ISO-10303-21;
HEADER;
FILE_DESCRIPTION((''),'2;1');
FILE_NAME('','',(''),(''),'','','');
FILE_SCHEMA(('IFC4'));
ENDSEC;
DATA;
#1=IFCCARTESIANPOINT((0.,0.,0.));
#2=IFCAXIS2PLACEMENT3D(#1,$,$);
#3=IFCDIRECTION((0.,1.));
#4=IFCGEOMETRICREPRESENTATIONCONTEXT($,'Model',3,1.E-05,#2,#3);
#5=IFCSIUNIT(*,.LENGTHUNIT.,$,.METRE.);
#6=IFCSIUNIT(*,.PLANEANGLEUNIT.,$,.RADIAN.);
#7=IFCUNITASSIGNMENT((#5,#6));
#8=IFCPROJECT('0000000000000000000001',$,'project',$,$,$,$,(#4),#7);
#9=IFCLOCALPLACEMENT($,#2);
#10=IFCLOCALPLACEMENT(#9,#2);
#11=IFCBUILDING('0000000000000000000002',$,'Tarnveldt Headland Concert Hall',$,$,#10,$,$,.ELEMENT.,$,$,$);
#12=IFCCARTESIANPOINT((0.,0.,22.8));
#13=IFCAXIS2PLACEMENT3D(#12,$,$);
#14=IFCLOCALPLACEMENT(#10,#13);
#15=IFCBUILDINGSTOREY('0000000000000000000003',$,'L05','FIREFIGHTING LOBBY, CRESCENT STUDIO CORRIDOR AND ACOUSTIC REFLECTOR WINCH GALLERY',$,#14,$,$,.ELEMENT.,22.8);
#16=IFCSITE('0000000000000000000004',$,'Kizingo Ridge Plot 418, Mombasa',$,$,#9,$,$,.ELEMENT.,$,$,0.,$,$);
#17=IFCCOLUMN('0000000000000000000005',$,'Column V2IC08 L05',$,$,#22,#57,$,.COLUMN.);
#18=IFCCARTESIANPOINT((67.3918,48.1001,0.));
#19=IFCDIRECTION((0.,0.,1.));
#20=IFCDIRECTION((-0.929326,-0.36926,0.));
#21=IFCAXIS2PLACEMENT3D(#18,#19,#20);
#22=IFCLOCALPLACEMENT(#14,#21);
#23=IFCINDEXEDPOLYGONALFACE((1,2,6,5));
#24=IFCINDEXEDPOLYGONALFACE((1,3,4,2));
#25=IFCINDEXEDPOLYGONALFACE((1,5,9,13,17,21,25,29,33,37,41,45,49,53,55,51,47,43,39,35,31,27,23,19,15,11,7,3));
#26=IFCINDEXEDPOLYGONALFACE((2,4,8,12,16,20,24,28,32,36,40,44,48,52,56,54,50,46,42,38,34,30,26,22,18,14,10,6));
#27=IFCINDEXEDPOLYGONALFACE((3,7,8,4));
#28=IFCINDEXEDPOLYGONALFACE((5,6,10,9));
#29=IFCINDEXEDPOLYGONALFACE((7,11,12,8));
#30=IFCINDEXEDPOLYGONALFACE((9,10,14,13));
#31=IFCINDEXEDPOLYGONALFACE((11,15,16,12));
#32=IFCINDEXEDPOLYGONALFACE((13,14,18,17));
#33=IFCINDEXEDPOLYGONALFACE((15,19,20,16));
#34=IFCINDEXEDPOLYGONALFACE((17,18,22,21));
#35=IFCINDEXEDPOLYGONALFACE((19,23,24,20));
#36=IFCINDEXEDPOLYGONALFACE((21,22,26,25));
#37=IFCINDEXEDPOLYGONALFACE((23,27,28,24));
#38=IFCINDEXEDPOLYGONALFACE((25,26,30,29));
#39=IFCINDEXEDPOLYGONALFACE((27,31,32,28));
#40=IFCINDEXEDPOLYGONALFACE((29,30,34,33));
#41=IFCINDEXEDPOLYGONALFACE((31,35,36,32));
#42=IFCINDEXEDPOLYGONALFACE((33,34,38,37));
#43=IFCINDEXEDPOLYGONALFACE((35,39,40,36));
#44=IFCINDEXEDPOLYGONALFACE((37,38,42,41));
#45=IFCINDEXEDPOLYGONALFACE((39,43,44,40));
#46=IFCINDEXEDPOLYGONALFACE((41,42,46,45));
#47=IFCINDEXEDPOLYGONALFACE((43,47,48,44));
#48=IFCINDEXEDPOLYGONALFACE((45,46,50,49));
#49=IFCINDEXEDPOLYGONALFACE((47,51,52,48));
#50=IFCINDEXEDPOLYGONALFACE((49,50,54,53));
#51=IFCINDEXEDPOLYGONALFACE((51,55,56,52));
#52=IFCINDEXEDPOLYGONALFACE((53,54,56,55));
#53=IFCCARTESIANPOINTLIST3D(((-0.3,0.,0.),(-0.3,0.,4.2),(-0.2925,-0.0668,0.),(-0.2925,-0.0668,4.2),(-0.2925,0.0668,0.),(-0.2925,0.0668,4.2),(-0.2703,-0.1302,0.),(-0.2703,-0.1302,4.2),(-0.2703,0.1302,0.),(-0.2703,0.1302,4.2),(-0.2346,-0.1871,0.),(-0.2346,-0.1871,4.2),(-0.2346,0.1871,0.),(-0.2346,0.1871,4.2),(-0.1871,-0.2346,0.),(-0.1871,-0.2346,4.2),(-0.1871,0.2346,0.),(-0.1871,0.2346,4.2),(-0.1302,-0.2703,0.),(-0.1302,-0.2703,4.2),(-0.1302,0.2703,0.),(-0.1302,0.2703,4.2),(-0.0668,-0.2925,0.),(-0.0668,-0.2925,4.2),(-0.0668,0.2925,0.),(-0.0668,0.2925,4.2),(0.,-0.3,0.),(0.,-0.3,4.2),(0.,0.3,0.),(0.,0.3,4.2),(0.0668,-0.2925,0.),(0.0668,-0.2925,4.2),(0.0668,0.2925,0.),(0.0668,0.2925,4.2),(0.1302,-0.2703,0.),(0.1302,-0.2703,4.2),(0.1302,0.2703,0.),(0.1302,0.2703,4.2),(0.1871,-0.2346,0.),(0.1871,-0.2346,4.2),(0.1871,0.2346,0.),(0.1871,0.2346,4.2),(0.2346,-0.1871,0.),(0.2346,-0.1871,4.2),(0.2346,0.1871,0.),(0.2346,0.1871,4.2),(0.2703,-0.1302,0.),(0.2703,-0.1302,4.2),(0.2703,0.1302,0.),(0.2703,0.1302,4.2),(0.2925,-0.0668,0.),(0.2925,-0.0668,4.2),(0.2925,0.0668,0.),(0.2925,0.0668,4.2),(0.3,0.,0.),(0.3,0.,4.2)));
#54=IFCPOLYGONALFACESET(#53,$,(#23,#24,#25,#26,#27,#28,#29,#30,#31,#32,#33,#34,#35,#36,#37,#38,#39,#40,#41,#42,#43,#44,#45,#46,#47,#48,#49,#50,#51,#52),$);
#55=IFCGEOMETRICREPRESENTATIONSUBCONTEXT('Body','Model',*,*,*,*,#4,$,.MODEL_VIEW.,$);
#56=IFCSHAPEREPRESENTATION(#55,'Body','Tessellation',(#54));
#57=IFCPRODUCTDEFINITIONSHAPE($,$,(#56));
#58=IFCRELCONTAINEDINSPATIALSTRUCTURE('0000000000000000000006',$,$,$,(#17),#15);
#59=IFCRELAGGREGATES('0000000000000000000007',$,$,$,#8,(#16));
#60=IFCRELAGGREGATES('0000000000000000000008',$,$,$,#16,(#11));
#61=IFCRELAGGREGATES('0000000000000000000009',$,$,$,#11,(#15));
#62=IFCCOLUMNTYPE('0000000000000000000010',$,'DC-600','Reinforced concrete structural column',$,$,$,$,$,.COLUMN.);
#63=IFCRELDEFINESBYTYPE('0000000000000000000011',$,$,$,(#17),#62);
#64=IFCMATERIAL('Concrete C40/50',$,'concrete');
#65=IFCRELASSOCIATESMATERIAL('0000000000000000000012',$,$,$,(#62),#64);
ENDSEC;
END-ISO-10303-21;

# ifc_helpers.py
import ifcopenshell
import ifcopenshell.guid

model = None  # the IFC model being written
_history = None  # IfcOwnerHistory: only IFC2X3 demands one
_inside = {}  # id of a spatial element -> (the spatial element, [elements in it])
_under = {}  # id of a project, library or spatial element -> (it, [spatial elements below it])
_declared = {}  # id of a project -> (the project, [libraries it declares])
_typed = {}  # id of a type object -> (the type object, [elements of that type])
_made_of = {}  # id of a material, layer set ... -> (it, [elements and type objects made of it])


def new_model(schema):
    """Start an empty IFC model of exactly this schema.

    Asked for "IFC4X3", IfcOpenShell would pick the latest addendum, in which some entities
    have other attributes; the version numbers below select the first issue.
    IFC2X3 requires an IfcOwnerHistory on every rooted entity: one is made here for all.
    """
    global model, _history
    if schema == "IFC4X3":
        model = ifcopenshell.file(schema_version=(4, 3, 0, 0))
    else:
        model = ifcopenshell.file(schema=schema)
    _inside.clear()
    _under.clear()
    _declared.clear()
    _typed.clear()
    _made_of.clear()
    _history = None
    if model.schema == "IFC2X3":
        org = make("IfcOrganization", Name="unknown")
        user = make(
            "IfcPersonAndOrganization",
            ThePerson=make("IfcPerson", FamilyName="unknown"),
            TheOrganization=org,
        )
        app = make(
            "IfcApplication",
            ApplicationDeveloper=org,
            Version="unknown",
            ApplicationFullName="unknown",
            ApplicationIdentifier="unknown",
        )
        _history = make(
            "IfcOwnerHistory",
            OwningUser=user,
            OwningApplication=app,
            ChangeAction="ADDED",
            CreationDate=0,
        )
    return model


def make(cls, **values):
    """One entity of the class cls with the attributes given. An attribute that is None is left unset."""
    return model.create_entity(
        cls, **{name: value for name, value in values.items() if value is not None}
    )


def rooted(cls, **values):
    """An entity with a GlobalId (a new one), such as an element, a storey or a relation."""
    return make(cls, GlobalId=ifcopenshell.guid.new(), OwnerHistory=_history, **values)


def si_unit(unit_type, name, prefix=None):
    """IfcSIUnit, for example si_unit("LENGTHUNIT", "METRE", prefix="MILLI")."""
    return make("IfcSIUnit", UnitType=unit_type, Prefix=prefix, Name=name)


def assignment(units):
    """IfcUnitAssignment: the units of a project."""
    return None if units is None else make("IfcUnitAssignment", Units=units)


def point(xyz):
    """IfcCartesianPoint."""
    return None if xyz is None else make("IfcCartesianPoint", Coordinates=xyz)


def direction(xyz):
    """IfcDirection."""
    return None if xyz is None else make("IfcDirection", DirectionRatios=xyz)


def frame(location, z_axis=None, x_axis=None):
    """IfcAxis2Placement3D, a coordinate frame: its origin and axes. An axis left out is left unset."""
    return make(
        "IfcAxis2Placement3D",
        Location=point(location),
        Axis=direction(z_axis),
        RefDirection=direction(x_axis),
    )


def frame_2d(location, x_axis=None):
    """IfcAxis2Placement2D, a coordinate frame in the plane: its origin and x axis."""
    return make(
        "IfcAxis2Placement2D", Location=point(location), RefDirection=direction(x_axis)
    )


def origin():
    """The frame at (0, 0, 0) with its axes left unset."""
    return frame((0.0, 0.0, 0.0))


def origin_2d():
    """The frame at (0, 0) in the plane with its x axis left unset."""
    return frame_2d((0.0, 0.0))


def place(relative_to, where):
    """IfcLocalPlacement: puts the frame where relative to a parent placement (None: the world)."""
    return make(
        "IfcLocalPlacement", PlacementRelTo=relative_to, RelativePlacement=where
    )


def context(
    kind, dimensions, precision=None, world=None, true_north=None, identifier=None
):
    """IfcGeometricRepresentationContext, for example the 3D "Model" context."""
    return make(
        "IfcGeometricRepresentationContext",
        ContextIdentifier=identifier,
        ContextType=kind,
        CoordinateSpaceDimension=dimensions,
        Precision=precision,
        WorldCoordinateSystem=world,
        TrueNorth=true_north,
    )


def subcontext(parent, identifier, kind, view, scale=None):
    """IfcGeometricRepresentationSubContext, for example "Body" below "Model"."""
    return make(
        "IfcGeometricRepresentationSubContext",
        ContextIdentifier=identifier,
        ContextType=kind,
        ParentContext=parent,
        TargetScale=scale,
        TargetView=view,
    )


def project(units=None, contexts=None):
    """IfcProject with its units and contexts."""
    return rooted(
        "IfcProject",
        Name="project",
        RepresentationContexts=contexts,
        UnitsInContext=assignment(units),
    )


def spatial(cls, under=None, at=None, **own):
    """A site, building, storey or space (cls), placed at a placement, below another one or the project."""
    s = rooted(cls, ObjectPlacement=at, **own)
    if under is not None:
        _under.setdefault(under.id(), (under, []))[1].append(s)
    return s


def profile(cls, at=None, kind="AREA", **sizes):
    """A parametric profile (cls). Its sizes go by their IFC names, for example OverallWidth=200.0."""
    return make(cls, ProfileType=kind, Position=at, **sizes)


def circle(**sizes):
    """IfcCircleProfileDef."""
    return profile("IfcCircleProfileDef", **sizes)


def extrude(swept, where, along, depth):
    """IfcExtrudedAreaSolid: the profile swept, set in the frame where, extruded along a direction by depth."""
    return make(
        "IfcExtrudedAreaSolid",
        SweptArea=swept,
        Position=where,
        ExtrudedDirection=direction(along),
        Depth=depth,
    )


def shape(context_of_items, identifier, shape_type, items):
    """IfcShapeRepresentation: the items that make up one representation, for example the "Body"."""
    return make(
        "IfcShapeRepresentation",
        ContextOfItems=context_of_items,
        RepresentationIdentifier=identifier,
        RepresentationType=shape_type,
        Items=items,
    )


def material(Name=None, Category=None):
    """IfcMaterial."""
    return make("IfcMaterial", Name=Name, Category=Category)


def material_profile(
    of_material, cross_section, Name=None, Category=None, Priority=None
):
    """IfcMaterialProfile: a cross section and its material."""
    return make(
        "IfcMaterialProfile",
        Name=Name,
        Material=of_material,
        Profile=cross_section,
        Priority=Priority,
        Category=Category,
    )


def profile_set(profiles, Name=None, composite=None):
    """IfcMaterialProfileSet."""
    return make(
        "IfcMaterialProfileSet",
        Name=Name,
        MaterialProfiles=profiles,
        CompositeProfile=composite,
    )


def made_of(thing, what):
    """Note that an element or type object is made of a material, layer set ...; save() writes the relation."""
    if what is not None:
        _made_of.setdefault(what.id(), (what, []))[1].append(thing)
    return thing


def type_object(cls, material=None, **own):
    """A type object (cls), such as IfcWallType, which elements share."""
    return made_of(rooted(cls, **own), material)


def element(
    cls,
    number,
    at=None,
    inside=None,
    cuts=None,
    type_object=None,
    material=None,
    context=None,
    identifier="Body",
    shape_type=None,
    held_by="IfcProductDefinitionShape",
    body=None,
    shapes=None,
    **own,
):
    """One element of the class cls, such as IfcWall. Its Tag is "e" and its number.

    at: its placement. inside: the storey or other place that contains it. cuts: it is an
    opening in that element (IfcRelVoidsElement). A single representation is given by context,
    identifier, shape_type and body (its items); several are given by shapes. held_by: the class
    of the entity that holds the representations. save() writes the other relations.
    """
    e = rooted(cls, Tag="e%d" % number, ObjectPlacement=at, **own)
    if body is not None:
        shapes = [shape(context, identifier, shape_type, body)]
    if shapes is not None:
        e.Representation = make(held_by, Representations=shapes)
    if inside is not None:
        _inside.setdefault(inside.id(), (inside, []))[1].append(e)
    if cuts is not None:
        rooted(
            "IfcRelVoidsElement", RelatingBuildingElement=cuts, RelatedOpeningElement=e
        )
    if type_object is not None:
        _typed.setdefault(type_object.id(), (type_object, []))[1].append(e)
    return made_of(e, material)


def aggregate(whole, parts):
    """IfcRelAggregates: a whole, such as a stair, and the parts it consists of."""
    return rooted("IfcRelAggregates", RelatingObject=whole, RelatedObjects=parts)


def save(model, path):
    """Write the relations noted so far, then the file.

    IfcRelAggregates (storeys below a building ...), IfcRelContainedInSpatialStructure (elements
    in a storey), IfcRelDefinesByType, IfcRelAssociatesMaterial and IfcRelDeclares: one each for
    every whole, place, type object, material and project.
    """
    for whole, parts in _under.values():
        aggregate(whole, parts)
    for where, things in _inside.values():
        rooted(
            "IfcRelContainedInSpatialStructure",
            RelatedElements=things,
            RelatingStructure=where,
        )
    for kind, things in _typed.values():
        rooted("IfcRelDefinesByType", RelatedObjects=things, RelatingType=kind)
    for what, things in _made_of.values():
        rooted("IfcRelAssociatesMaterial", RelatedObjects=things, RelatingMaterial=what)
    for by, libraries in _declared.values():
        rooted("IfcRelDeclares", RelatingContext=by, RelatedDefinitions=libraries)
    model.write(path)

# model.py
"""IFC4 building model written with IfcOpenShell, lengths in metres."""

from ifc_helpers import new_model, si_unit, direction, frame, origin, origin_2d, place, context, subcontext, project, spatial, circle, extrude, material, material_profile, profile_set, type_object, element, save


model = new_model("IFC4")

# Units and contexts
model_context = context("Model", 3, precision=1e-05, world=origin(), true_north=direction((0.0, 1.0)))
body_context = subcontext(model_context, "Body", "Model", "MODEL_VIEW")
ifc_project = project(units=[si_unit("LENGTHUNIT", "METRE"), si_unit("PLANEANGLEUNIT", "RADIAN")], contexts=[model_context])

# Site, building, storey
site_placement = place(None, origin())
site = spatial("IfcSite", under=ifc_project, at=site_placement, Name="Kizingo Ridge Plot 418, Mombasa", CompositionType="ELEMENT", RefElevation=0.0)
building_placement = place(site_placement, origin())
building = spatial("IfcBuilding", under=site, at=building_placement, Name="Tarnveldt Headland Concert Hall", CompositionType="ELEMENT")
storey_placement = place(building_placement, frame((0.0, 0.0, 22.8)))
storey = spatial("IfcBuildingStorey", under=building, at=storey_placement, Name="L05", Description="FIREFIGHTING LOBBY, CRESCENT STUDIO CORRIDOR AND ACOUSTIC REFLECTOR WINCH GALLERY", CompositionType="ELEMENT", Elevation=22.8)

# Column
ifc_material_1 = material(Name="Concrete C40/50", Category="concrete")
ifc_material_profile_1 = material_profile(ifc_material_1, circle(Radius=0.3, at=origin_2d()), Name="RC D600", Category="concrete")
ifc_profile_set_1 = profile_set([ifc_material_profile_1], Name="Concrete C40/50")
column_type_1 = type_object("IfcColumnType", Name="DC-600", Description="Reinforced concrete structural column", PredefinedType="COLUMN", material=ifc_profile_set_1)
column_1_placement = place(storey_placement, frame((67.3918, 48.1001, 0.0), z_axis=(0.0, 0.0, 1.0), x_axis=(-0.929326, -0.36926, 0.0)))
element("IfcColumn", 1, at=column_1_placement, inside=storey, type_object=column_type_1, Name="Column V2IC08 L05", PredefinedType="COLUMN", context=body_context, shape_type="SweptSolid", body=[
    extrude(circle(Radius=0.3, at=origin_2d()), origin(), (0.0, 0.0, 1.0), 4.2),
])

save(model, "model.ifc")
